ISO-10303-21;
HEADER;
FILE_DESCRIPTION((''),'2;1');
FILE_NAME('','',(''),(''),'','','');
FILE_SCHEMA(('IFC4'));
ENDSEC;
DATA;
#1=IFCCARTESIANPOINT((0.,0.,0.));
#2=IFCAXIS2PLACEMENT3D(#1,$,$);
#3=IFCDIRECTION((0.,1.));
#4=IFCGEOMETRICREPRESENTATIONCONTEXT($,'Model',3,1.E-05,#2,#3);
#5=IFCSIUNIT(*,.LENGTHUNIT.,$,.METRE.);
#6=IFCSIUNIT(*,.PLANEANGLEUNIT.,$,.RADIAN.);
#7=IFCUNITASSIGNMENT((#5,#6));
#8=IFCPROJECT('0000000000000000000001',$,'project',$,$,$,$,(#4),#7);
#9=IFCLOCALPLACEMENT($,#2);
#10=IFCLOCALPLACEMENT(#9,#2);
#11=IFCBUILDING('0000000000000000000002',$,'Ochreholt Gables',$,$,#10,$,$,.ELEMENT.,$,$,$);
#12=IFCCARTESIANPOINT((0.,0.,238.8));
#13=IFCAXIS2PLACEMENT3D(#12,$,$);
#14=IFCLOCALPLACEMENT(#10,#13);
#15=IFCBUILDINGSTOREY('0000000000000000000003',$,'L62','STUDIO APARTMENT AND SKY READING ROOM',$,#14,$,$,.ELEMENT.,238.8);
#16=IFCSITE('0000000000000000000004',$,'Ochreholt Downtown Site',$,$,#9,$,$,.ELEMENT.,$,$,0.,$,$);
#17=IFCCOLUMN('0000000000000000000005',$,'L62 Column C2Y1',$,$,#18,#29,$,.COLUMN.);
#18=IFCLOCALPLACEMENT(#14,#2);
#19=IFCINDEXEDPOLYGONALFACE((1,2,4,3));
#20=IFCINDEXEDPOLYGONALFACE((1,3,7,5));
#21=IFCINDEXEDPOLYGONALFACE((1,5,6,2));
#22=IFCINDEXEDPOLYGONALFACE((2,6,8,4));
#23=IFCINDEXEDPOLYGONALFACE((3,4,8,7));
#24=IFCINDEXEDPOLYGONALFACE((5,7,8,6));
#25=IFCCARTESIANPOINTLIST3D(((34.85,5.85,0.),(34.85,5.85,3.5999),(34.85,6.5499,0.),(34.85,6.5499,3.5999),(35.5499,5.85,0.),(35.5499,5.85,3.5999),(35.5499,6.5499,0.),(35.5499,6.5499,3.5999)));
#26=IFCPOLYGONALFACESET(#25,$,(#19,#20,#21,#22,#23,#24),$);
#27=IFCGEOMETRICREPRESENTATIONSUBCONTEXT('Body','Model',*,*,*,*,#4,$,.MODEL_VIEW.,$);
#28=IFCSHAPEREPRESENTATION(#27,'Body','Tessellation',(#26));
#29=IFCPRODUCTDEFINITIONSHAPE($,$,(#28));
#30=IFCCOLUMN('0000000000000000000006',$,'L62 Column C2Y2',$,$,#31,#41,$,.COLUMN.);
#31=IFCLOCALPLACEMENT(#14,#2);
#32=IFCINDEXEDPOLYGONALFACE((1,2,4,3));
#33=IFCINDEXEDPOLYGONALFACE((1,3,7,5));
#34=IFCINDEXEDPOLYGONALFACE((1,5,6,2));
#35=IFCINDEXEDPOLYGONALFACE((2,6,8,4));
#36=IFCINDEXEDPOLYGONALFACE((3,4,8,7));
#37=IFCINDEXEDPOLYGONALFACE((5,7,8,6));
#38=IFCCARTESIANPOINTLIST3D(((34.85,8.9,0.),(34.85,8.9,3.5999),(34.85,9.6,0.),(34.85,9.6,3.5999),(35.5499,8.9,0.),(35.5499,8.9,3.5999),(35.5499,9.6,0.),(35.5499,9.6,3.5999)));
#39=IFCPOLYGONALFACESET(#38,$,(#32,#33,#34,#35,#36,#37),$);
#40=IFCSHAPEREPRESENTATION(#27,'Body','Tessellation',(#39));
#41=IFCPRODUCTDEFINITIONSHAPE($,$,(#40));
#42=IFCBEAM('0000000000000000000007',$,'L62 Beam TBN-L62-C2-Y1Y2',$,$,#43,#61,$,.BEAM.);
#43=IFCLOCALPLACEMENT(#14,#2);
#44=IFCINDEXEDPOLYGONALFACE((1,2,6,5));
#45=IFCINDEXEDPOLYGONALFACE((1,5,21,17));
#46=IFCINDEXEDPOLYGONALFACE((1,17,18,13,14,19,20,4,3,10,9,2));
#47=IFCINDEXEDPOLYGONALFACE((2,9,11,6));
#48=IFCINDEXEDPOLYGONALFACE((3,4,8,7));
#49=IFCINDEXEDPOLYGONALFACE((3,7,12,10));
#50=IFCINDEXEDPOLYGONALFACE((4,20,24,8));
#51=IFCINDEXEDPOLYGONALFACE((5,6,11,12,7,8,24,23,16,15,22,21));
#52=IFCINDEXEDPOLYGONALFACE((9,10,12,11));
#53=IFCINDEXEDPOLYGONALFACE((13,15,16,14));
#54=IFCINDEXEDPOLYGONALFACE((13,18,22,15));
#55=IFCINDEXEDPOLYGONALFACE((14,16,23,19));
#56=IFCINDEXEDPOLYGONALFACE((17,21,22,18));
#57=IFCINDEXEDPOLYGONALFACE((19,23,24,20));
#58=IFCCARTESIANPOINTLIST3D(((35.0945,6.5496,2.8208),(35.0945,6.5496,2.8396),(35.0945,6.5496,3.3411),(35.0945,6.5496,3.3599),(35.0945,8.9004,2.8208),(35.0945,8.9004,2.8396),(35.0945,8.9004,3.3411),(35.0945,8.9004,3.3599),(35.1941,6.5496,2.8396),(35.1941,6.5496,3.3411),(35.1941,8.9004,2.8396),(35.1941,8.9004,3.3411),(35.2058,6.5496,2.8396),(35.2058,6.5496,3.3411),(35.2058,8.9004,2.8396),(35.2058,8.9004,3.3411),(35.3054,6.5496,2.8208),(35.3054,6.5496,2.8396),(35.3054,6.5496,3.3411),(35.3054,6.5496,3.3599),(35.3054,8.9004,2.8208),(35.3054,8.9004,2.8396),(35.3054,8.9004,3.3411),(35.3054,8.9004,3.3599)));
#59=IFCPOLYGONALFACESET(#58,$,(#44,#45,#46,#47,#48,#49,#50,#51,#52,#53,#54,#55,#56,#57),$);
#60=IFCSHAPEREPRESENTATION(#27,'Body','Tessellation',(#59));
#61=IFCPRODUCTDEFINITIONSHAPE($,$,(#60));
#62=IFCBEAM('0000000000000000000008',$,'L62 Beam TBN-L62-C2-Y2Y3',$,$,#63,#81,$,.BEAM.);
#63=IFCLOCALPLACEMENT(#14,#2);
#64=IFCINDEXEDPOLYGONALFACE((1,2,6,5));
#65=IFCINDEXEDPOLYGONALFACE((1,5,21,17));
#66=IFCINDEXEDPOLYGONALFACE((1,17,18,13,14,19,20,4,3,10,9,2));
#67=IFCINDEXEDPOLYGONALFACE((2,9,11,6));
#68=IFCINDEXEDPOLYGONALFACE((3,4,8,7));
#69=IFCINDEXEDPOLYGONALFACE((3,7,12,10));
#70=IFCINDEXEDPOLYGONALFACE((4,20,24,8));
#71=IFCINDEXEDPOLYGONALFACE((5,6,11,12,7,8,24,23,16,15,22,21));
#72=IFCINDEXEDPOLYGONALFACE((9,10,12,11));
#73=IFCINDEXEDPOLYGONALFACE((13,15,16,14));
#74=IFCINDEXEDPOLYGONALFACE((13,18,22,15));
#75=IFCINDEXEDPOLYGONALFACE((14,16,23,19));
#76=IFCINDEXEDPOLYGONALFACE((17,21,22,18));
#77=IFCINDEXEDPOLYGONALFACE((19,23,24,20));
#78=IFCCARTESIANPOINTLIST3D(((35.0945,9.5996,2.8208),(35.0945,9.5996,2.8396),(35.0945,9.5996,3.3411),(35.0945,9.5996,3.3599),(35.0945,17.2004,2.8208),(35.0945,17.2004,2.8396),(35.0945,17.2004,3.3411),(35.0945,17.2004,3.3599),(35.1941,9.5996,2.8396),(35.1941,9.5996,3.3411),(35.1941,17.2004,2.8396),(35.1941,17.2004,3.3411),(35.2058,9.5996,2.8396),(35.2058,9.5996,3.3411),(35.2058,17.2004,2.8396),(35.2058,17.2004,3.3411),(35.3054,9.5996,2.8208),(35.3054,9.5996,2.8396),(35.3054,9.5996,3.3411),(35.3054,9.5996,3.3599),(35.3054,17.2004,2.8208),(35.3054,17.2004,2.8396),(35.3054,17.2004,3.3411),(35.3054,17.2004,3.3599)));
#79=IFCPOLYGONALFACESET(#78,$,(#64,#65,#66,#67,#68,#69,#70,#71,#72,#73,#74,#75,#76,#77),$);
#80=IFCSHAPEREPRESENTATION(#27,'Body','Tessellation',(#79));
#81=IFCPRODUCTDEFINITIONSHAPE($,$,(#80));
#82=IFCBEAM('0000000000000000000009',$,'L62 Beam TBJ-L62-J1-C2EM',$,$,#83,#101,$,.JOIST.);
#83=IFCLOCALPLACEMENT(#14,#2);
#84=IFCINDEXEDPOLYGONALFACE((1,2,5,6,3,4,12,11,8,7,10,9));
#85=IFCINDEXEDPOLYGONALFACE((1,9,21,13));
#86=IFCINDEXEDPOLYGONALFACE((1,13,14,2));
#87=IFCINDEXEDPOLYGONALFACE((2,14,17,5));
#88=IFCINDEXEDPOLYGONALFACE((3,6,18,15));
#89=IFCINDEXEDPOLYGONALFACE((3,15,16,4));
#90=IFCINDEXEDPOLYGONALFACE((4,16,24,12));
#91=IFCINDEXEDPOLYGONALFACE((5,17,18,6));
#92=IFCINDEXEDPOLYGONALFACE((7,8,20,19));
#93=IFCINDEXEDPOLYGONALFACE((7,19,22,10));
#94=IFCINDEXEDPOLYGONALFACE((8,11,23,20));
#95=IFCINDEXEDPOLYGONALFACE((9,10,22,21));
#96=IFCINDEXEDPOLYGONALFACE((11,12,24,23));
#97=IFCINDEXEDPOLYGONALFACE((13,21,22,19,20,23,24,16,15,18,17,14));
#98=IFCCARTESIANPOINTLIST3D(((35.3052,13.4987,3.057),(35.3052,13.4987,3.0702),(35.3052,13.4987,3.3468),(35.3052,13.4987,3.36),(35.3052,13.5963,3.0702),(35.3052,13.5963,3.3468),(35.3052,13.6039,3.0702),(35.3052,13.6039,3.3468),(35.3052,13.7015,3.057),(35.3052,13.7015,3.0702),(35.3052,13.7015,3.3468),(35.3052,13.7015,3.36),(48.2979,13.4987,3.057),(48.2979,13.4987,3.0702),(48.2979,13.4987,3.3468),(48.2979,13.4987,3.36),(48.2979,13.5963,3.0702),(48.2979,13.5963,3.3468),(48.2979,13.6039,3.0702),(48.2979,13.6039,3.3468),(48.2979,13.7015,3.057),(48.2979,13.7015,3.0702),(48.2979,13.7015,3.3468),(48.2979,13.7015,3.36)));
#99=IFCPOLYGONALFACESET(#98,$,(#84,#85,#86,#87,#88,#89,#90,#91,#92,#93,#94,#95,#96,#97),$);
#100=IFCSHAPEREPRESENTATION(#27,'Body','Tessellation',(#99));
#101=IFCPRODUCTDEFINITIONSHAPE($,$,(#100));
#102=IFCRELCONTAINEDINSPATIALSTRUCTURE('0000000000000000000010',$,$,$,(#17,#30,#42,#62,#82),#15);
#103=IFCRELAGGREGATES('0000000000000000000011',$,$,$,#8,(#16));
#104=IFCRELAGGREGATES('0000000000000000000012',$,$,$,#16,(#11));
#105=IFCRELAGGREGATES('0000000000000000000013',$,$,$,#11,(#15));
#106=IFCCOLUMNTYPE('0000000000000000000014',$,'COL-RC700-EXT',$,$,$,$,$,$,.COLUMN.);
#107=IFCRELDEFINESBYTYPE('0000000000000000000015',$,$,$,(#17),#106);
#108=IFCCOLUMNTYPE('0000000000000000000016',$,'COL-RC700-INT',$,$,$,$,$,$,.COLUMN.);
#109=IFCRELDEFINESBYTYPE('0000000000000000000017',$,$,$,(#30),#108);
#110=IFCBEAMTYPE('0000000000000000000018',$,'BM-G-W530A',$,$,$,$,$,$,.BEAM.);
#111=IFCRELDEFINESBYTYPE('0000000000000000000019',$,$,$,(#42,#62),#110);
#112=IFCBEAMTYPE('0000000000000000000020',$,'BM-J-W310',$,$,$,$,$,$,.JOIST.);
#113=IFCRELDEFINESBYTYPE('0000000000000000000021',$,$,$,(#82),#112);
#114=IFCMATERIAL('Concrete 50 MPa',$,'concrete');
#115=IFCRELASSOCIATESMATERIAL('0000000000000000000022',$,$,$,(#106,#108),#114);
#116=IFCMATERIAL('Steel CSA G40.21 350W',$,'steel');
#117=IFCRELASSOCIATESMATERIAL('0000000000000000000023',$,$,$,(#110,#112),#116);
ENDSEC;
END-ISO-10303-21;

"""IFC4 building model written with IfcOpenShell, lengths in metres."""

from ifc_helpers import new_model, si_unit, direction, frame, origin, origin_2d, place, context, subcontext, project, spatial, rectangle, i_section, extrude, material, material_profile, profile_set, type_object, element, save


model = new_model("IFC4")

# Units and contexts
model_context = context("Model", 3, precision=1e-05, world=origin(), true_north=direction((0.0, 1.0)))
body_context = subcontext(model_context, "Body", "Model", "MODEL_VIEW")
ifc_project = project(units=[si_unit("LENGTHUNIT", "METRE"), si_unit("PLANEANGLEUNIT", "RADIAN")], contexts=[model_context])

# Site, building, storey
site_placement = place(None, origin())
site = spatial("IfcSite", under=ifc_project, at=site_placement, Name="Ochreholt Downtown Site", CompositionType="ELEMENT", RefElevation=0.0)
building_placement = place(site_placement, origin())
building = spatial("IfcBuilding", under=site, at=building_placement, Name="Ochreholt Gables", CompositionType="ELEMENT")
storey_placement = place(building_placement, frame((0.0, 0.0, 238.8)))
storey = spatial("IfcBuildingStorey", under=building, at=storey_placement, Name="L62", Description="STUDIO APARTMENT AND SKY READING ROOM", CompositionType="ELEMENT", Elevation=238.8)

# Columns
ifc_material_1 = material(Name="Concrete 50 MPa", Category="concrete")
ifc_material_profile_1 = material_profile(ifc_material_1, rectangle(XDim=0.7, YDim=0.7, at=origin_2d()), Name="RC700X700")
ifc_profile_set_1 = profile_set([ifc_material_profile_1], Name="Concrete 50 MPa")
column_type_1 = type_object("IfcColumnType", Name="COL-RC700-EXT", PredefinedType="COLUMN", material=ifc_profile_set_1)
column_1_placement = place(storey_placement, frame((35.2, 6.2, 0.0), z_axis=(0.0, 0.0, 1.0), x_axis=(1.0, 0.0, 0.0)))
element("IfcColumn", 1, at=column_1_placement, inside=storey, type_object=column_type_1, Name="L62 Column C2Y1", PredefinedType="COLUMN", context=body_context, shape_type="SweptSolid", body=[
    extrude(rectangle(XDim=0.7, YDim=0.7, at=origin_2d()), origin(), (0.0, 0.0, 1.0), 3.5999),
])
ifc_material_profile_2 = material_profile(ifc_material_1, rectangle(XDim=0.7, YDim=0.7, at=origin_2d()), Name="RC700X700")
ifc_profile_set_2 = profile_set([ifc_material_profile_2], Name="Concrete 50 MPa")
column_type_2 = type_object("IfcColumnType", Name="COL-RC700-INT", PredefinedType="COLUMN", material=ifc_profile_set_2)
column_2_placement = place(storey_placement, frame((35.2, 9.25, 0.0), z_axis=(0.0, 0.0, 1.0), x_axis=(1.0, 0.0, 0.0)))
element("IfcColumn", 2, at=column_2_placement, inside=storey, type_object=column_type_2, Name="L62 Column C2Y2", PredefinedType="COLUMN", context=body_context, shape_type="SweptSolid", body=[
    extrude(rectangle(XDim=0.7, YDim=0.7, at=origin_2d()), origin(), (0.0, 0.0, 1.0), 3.5999),
])

# Beams
ifc_material_2 = material(Name="Steel CSA G40.21 350W", Category="steel")
ifc_material_profile_3 = material_profile(ifc_material_2, i_section(OverallWidth=0.2109, OverallDepth=0.5391, WebThickness=0.0117, FlangeThickness=0.0188, at=origin_2d()), Name="W530X109")
ifc_profile_set_3 = profile_set([ifc_material_profile_3], Name="Steel CSA G40.21 350W")
beam_type_1 = type_object("IfcBeamType", Name="BM-G-W530A", PredefinedType="BEAM", material=ifc_profile_set_3)
beam_1_placement = place(storey_placement, frame((35.2, 6.5496, 3.0903), z_axis=(0.0, 1.0, 0.0), x_axis=(-1.0, 0.0, 0.0)))
element("IfcBeam", 3, at=beam_1_placement, inside=storey, type_object=beam_type_1, Name="L62 Beam TBN-L62-C2-Y1Y2", PredefinedType="BEAM", context=body_context, shape_type="SweptSolid", body=[
    extrude(i_section(OverallWidth=0.2109, OverallDepth=0.5391, WebThickness=0.0117, FlangeThickness=0.0188, at=origin_2d()), origin(), (0.0, 0.0, 1.0), 2.3508),
])
beam_2_placement = place(storey_placement, frame((35.2, 9.5996, 3.0903), z_axis=(0.0, 1.0, 0.0), x_axis=(-1.0, 0.0, 0.0)))
element("IfcBeam", 4, at=beam_2_placement, inside=storey, type_object=beam_type_1, Name="L62 Beam TBN-L62-C2-Y2Y3", PredefinedType="BEAM", context=body_context, shape_type="SweptSolid", body=[
    extrude(i_section(OverallWidth=0.2109, OverallDepth=0.5391, WebThickness=0.0117, FlangeThickness=0.0188, at=origin_2d()), origin(), (0.0, 0.0, 1.0), 7.6008),
])
ifc_material_profile_4 = material_profile(ifc_material_2, i_section(OverallWidth=0.2029, OverallDepth=0.303, WebThickness=0.0076, FlangeThickness=0.0132, at=origin_2d()), Name="W310X60")
ifc_profile_set_4 = profile_set([ifc_material_profile_4], Name="Steel CSA G40.21 350W")
beam_type_2 = type_object("IfcBeamType", Name="BM-J-W310", PredefinedType="JOIST", material=ifc_profile_set_4)
beam_3_placement = place(storey_placement, frame((35.3052, 13.6001, 3.2085), z_axis=(1.0, 0.0, 0.0), x_axis=(0.0, 1.0, 0.0)))
element("IfcBeam", 5, at=beam_3_placement, inside=storey, type_object=beam_type_2, Name="L62 Beam TBJ-L62-J1-C2EM", PredefinedType="JOIST", context=body_context, shape_type="SweptSolid", body=[
    extrude(i_section(OverallWidth=0.2029, OverallDepth=0.303, WebThickness=0.0076, FlangeThickness=0.0132, at=origin_2d()), origin(), (0.0, 0.0, 1.0), 12.9927),
])

save(model, "model.ifc")
